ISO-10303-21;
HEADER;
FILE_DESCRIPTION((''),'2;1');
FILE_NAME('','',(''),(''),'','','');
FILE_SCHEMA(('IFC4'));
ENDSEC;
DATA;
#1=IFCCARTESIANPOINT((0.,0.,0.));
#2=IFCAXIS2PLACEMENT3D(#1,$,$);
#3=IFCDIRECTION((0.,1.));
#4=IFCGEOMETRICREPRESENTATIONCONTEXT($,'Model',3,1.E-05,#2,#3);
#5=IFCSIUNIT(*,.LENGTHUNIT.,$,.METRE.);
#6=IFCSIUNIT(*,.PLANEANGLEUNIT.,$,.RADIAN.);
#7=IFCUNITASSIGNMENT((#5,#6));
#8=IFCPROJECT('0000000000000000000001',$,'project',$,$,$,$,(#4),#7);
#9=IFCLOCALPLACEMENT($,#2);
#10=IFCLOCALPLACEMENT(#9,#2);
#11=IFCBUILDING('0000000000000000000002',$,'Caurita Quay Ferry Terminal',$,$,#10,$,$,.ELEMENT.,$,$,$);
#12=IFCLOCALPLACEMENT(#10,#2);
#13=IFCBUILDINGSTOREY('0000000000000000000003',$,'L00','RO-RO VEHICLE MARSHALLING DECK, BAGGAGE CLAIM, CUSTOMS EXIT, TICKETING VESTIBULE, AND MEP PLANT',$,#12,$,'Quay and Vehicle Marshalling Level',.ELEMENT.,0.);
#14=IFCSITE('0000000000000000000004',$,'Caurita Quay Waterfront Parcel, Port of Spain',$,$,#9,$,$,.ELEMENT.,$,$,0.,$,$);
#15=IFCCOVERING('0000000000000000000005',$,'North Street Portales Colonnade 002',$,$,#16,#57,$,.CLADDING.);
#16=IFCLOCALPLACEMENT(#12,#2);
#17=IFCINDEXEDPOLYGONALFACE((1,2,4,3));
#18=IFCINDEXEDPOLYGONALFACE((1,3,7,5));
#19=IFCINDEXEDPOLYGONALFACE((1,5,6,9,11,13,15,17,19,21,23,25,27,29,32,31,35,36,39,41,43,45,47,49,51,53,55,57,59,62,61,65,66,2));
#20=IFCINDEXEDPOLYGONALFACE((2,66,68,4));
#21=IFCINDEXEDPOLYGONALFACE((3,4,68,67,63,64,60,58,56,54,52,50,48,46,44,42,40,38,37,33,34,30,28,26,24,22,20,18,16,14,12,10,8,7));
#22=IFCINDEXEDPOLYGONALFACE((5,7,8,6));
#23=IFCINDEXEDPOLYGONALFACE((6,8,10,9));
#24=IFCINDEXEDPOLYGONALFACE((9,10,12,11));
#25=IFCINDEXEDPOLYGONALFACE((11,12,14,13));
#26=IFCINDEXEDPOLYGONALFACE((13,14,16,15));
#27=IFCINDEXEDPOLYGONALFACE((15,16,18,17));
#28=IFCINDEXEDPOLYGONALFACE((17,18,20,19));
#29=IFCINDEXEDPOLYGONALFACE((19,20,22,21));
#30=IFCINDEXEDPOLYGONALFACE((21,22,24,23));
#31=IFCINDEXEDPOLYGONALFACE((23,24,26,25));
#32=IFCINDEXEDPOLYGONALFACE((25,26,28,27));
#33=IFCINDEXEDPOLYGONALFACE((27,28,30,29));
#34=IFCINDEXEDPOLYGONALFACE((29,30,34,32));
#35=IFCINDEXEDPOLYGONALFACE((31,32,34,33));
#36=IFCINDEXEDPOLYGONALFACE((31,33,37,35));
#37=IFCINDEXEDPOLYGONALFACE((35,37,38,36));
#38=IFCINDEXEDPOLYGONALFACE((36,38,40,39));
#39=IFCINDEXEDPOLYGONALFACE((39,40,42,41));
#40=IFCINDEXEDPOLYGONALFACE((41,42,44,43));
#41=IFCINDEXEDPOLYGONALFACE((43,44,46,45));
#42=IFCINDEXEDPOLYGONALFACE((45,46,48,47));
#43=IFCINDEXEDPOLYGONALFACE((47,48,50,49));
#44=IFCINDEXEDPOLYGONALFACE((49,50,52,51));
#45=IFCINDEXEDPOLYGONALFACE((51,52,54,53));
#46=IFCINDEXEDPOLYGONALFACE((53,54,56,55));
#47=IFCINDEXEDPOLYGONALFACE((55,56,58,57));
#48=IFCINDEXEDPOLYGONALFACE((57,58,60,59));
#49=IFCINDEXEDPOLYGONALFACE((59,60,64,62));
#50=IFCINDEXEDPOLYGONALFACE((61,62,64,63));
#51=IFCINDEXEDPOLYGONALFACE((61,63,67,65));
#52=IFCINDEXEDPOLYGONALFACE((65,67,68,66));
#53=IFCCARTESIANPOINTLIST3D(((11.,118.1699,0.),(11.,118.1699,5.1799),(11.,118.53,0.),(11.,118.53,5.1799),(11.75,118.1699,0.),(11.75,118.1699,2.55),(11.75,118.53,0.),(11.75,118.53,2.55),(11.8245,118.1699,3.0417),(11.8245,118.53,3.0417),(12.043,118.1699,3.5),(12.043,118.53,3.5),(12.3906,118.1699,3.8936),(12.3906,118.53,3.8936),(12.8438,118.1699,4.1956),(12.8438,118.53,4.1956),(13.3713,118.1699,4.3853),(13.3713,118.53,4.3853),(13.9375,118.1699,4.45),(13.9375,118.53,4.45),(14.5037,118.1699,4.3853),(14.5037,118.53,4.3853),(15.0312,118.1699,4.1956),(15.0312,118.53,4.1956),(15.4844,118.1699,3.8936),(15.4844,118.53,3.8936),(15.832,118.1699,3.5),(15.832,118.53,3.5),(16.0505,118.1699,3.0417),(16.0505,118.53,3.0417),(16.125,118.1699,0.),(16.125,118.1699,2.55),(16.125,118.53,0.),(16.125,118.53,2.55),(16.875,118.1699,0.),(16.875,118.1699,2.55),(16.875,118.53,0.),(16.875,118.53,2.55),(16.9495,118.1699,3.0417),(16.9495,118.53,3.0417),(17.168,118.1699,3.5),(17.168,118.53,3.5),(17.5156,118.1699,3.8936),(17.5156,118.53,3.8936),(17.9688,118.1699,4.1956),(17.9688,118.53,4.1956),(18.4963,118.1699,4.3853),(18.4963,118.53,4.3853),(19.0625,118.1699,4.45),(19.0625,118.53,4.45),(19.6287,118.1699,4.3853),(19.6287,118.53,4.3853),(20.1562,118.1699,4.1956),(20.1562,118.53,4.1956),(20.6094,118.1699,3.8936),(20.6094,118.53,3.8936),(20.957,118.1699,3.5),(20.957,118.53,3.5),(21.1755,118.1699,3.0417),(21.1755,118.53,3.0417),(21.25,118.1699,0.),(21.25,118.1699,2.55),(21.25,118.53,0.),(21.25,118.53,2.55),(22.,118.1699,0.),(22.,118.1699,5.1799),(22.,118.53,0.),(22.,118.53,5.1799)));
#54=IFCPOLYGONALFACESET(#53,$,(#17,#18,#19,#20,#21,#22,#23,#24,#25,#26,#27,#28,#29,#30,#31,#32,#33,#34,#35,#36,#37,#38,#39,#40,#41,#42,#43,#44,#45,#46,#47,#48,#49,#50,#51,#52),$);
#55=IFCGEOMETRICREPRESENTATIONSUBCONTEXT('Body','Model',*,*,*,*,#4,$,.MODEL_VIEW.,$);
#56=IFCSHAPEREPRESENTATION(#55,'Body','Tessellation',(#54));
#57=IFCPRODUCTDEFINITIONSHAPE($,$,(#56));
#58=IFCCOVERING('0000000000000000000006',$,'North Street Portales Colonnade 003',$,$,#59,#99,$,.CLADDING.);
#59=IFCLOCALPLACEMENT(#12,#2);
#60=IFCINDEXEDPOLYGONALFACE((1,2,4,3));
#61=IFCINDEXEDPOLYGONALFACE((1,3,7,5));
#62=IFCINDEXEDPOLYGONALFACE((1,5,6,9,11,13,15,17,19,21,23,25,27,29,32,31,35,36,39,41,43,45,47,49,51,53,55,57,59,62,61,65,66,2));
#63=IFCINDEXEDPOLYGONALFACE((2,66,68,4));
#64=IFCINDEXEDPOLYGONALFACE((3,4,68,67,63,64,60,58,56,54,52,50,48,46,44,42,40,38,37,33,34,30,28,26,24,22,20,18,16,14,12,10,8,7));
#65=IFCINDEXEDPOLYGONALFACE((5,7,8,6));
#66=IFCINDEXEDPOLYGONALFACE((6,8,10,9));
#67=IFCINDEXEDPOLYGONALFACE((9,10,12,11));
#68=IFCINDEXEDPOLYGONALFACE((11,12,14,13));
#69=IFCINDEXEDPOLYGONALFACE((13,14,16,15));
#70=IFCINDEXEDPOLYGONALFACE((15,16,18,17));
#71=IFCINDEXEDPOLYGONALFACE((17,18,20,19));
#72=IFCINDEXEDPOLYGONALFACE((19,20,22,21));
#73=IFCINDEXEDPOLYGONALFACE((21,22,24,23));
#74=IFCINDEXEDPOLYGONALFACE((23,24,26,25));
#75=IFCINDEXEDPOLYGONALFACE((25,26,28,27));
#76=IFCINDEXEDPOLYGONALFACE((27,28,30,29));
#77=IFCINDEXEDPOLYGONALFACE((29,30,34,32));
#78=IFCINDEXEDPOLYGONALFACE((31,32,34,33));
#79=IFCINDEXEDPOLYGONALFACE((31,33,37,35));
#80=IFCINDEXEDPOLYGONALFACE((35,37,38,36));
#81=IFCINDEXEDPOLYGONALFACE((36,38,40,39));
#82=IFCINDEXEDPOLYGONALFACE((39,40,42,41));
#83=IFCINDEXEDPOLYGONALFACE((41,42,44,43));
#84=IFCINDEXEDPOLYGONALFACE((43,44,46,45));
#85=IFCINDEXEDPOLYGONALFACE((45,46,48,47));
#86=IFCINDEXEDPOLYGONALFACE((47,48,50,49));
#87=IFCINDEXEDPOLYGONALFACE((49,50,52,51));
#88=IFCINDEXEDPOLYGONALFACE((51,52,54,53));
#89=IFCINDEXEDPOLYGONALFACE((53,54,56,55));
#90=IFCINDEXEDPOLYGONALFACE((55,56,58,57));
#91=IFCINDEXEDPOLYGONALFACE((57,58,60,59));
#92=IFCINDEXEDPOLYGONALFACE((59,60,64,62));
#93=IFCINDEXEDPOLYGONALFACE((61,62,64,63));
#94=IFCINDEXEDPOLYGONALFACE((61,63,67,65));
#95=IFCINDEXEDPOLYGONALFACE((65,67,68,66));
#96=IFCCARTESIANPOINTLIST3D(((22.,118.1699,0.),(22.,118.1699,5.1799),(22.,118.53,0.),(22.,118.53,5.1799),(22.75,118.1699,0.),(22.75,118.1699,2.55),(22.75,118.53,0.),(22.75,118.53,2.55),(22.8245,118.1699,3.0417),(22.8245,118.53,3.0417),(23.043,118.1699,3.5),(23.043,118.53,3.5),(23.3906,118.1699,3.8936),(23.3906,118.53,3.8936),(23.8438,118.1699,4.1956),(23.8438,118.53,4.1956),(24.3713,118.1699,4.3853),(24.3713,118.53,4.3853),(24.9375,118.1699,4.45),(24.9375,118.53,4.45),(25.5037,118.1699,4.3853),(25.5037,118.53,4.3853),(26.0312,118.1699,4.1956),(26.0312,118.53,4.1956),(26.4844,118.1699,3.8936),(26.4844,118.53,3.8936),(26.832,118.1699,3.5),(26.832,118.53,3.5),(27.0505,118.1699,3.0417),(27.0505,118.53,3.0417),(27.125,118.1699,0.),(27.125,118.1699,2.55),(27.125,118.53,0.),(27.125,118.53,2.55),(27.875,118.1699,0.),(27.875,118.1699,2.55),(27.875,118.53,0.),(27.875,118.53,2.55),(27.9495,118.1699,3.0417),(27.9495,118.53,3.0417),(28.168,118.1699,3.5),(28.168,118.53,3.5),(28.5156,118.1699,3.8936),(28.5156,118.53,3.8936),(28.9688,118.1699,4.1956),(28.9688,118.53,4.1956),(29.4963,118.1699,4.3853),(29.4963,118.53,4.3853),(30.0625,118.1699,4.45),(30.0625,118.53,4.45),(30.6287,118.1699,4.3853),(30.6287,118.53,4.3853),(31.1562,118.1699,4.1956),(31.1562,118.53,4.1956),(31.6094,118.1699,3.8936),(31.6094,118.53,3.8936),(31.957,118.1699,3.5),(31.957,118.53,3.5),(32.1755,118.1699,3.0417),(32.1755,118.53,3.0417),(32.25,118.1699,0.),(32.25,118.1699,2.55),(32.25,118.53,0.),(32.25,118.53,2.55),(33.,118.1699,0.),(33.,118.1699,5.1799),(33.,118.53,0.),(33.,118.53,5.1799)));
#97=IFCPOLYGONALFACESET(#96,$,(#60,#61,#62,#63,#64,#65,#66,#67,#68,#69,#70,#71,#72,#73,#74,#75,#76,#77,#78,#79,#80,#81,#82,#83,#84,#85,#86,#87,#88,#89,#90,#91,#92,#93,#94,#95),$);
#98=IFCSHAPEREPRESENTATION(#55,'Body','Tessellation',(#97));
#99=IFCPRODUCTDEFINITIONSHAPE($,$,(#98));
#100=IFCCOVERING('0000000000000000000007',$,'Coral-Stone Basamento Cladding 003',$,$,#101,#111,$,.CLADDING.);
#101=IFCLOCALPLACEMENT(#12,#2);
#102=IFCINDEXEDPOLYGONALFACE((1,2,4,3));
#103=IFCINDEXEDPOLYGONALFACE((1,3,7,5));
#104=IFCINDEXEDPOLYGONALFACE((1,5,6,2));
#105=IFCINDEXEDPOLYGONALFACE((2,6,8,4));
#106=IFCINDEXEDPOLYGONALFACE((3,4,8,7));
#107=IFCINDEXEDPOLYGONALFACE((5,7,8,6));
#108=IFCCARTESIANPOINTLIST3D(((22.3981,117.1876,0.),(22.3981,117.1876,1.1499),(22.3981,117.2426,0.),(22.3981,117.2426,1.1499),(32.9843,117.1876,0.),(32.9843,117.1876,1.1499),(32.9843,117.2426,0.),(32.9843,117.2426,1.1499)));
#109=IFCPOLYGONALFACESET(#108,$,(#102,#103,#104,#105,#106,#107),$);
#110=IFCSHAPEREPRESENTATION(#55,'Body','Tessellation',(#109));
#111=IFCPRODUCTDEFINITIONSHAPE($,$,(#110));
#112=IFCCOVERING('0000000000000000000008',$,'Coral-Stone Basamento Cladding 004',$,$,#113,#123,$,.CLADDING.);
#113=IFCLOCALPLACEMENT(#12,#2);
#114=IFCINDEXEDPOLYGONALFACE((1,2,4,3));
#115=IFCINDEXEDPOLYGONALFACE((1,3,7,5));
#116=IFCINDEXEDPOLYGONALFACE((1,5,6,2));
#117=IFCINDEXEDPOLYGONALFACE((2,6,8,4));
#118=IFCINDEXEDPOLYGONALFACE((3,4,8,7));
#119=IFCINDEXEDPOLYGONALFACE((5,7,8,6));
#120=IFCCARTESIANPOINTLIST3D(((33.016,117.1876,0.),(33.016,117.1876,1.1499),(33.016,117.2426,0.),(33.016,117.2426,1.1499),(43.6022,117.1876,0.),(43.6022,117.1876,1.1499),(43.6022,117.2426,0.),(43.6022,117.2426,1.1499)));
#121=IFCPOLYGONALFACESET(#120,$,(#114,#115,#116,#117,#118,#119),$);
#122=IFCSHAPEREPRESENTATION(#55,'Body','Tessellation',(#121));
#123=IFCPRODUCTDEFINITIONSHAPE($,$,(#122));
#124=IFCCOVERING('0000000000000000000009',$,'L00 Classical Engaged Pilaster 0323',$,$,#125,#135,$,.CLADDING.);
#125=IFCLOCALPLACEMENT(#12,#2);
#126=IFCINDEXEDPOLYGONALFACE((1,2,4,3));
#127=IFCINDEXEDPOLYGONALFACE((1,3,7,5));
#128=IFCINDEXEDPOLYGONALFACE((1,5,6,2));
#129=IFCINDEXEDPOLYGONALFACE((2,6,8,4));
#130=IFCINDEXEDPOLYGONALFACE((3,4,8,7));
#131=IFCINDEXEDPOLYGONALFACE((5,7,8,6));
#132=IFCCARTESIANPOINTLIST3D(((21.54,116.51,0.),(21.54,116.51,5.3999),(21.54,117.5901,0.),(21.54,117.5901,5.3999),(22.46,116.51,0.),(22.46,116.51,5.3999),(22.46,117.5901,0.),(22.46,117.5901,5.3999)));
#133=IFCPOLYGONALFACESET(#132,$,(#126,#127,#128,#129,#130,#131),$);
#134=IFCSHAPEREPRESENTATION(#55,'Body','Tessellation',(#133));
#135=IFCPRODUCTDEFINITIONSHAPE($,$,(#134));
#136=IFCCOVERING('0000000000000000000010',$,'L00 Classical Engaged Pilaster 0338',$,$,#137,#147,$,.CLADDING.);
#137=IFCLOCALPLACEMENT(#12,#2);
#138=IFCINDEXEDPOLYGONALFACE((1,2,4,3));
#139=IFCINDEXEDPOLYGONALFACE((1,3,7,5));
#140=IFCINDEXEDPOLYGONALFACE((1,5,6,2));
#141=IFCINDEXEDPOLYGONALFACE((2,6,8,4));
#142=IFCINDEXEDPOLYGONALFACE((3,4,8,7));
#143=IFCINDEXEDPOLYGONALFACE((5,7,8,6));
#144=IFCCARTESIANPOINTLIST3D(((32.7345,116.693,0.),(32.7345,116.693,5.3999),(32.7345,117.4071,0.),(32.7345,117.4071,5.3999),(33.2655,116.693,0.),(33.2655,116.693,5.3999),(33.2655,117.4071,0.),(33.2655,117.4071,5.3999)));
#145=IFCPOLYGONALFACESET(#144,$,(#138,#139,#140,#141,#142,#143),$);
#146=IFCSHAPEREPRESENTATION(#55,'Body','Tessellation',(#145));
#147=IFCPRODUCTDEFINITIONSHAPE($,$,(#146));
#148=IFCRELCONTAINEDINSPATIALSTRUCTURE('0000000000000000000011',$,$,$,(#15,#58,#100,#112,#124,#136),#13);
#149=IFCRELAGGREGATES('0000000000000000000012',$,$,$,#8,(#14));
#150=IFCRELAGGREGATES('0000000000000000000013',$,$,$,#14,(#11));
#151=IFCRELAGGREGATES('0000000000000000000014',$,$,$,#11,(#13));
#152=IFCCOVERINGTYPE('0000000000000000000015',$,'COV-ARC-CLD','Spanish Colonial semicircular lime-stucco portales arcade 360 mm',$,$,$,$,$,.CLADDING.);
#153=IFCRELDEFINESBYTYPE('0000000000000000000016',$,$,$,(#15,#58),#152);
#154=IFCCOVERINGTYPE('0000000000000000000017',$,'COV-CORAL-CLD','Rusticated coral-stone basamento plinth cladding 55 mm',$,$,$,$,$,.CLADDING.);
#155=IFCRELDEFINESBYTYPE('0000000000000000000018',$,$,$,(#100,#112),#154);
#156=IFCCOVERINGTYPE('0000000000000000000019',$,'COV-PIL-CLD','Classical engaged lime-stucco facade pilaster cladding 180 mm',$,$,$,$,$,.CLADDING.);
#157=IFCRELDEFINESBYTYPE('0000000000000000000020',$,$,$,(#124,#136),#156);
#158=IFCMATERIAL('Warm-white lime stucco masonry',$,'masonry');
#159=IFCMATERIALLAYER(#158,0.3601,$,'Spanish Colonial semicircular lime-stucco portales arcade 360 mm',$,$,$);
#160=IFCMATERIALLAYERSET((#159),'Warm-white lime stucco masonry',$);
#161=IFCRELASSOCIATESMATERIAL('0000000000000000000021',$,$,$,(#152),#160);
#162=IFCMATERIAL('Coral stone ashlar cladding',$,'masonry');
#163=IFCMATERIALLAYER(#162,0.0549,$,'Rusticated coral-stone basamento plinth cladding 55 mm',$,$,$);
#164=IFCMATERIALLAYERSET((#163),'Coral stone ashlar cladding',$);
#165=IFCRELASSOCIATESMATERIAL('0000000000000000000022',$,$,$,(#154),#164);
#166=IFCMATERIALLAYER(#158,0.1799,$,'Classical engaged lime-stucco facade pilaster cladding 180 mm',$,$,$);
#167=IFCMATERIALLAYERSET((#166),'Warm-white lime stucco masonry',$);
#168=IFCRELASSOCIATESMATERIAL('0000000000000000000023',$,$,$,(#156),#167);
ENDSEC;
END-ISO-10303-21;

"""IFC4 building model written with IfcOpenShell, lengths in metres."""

from ifc_helpers import new_model, si_unit, direction, frame, frame_2d, origin, origin_2d, place, context, subcontext, project, spatial, polyline, rectangle, outline, extrude, material, layer, layer_set, type_object, element, save


model = new_model("IFC4")

# Units and contexts
model_context = context("Model", 3, precision=1e-05, world=origin(), true_north=direction((0.0, 1.0)))
body_context = subcontext(model_context, "Body", "Model", "MODEL_VIEW")
ifc_project = project(units=[si_unit("LENGTHUNIT", "METRE"), si_unit("PLANEANGLEUNIT", "RADIAN")], contexts=[model_context])

# Site, building, storey
site_placement = place(None, origin())
site = spatial("IfcSite", under=ifc_project, at=site_placement, Name="Caurita Quay Waterfront Parcel, Port of Spain", CompositionType="ELEMENT", RefElevation=0.0)
building_placement = place(site_placement, origin())
building = spatial("IfcBuilding", under=site, at=building_placement, Name="Caurita Quay Ferry Terminal", CompositionType="ELEMENT")
storey_placement = place(building_placement, origin())
storey = spatial("IfcBuildingStorey", under=building, at=storey_placement, Name="L00", Description="RO-RO VEHICLE MARSHALLING DECK, BAGGAGE CLAIM, CUSTOMS EXIT, TICKETING VESTIBULE, AND MEP PLANT", LongName="Quay and Vehicle Marshalling Level", CompositionType="ELEMENT", Elevation=0.0)

# Shared definitions
ifc_material_1 = material(Name="Warm-white lime stucco masonry", Category="masonry")

# Shared definitions
ifc_material_2 = material(Name="Coral stone ashlar cladding", Category="masonry")

# Coverings
ifc_layer_1 = layer(ifc_material_1, 0.3601, Name="Spanish Colonial semicircular lime-stucco portales arcade 360 mm")
ifc_layer_set_1 = layer_set([ifc_layer_1], Name="Warm-white lime stucco masonry")
covering_type_1 = type_object("IfcCoveringType", Name="COV-ARC-CLD", Description="Spanish Colonial semicircular lime-stucco portales arcade 360 mm", PredefinedType="CLADDING", material=ifc_layer_set_1)
for number, where, z_axis, x_axis, name in (
    (1, (22.0, 118.3501, 0.0), (0.0, 0.0, 1.0), (-1.0, 0.0, 0.0), "North Street Portales Colonnade 002"),
    (2, (33.0, 118.3501, 0.0), (0.0, 0.0, 1.0), (-1.0, 0.0, 0.0), "North Street Portales Colonnade 003"),
):
    element("IfcCovering", number, at=place(storey_placement, frame(where, z_axis=z_axis, x_axis=x_axis)), inside=storey, type_object=covering_type_1, Name=name, PredefinedType="CLADDING", context=body_context, shape_type="SweptSolid", body=[
        extrude(outline(polyline([(0.0, 0.0), (0.75, 0.0), (0.75, 2.55), (0.8245, 3.0417), (1.043, 3.5), (1.3906, 3.8936), (1.8438, 4.1956), (2.3713, 4.3853), (2.9375, 4.45), (3.5037, 4.3853), (4.0312, 4.1956), (4.4844, 3.8936), (4.832, 3.5), (5.0505, 3.0417), (5.125, 2.55), (5.125, 0.0), (5.875, 0.0), (5.875, 2.55), (5.9495, 3.0417), (6.168, 3.5), (6.5156, 3.8936), (6.9688, 4.1956), (7.4963, 4.3853), (8.0625, 4.45), (8.6287, 4.3853), (9.1562, 4.1956), (9.6094, 3.8936), (9.957, 3.5), (10.1755, 3.0417), (10.25, 2.55), (10.25, 0.0), (11.0, 0.0), (11.0, 5.1799), (0.0, 5.1799), (0.0, 0.0)])), frame((0.0, 0.1802, 0.0), z_axis=(0.0, -1.0, 0.0), x_axis=(1.0, 0.0, 0.0)), (0.0, 0.0, 1.0), 0.3601),
    ])
ifc_layer_2 = layer(ifc_material_2, 0.0549, Name="Rusticated coral-stone basamento plinth cladding 55 mm")
ifc_layer_set_2 = layer_set([ifc_layer_2], Name="Coral stone ashlar cladding")
covering_type_2 = type_object("IfcCoveringType", Name="COV-CORAL-CLD", Description="Rusticated coral-stone basamento plinth cladding 55 mm", PredefinedType="CLADDING", material=ifc_layer_set_2)
for number, where, z_axis, x_axis, name in (
    (3, (32.9841, 117.2151, 0.0), (0.0, 0.0, 1.0), (-1.0, 0.0, 0.0), "Coral-Stone Basamento Cladding 003"),
    (4, (43.6021, 117.2151, 0.0), (0.0, 0.0, 1.0), (-1.0, 0.0, 0.0), "Coral-Stone Basamento Cladding 004"),
):
    element("IfcCovering", number, at=place(storey_placement, frame(where, z_axis=z_axis, x_axis=x_axis)), inside=storey, type_object=covering_type_2, Name=name, PredefinedType="CLADDING", context=body_context, shape_type="SweptSolid", body=[
        extrude(rectangle(XDim=10.5862, YDim=0.0549, at=frame_2d((5.293, 0.0))), origin(), (0.0, 0.0, 1.0), 1.1499),
    ])
ifc_layer_3 = layer(ifc_material_1, 0.1799, Name="Classical engaged lime-stucco facade pilaster cladding 180 mm")
ifc_layer_set_3 = layer_set([ifc_layer_3], Name="Warm-white lime stucco masonry")
covering_type_3 = type_object("IfcCoveringType", Name="COV-PIL-CLD", Description="Classical engaged lime-stucco facade pilaster cladding 180 mm", PredefinedType="CLADDING", material=ifc_layer_set_3)
covering_1_placement = place(storey_placement, frame((22.0, 117.05, 0.0), z_axis=(0.0, 0.0, 1.0), x_axis=(1.0, 0.0, 0.0)))
element("IfcCovering", 5, at=covering_1_placement, inside=storey, type_object=covering_type_3, Name="L00 Classical Engaged Pilaster 0323", PredefinedType="CLADDING", context=body_context, shape_type="SweptSolid", body=[
    extrude(rectangle(XDim=0.9199, YDim=1.0801, at=origin_2d()), origin(), (0.0, 0.0, 1.0), 5.3999),
])
covering_2_placement = place(storey_placement, frame((33.0, 117.05, 0.0), z_axis=(0.0, 0.0, 1.0), x_axis=(1.0, 0.0, 0.0)))
element("IfcCovering", 6, at=covering_2_placement, inside=storey, type_object=covering_type_3, Name="L00 Classical Engaged Pilaster 0338", PredefinedType="CLADDING", context=body_context, shape_type="SweptSolid", body=[
    extrude(rectangle(XDim=0.531, YDim=0.7141, at=origin_2d()), origin(), (0.0, 0.0, 1.0), 5.3999),
])

save(model, "model.ifc")
